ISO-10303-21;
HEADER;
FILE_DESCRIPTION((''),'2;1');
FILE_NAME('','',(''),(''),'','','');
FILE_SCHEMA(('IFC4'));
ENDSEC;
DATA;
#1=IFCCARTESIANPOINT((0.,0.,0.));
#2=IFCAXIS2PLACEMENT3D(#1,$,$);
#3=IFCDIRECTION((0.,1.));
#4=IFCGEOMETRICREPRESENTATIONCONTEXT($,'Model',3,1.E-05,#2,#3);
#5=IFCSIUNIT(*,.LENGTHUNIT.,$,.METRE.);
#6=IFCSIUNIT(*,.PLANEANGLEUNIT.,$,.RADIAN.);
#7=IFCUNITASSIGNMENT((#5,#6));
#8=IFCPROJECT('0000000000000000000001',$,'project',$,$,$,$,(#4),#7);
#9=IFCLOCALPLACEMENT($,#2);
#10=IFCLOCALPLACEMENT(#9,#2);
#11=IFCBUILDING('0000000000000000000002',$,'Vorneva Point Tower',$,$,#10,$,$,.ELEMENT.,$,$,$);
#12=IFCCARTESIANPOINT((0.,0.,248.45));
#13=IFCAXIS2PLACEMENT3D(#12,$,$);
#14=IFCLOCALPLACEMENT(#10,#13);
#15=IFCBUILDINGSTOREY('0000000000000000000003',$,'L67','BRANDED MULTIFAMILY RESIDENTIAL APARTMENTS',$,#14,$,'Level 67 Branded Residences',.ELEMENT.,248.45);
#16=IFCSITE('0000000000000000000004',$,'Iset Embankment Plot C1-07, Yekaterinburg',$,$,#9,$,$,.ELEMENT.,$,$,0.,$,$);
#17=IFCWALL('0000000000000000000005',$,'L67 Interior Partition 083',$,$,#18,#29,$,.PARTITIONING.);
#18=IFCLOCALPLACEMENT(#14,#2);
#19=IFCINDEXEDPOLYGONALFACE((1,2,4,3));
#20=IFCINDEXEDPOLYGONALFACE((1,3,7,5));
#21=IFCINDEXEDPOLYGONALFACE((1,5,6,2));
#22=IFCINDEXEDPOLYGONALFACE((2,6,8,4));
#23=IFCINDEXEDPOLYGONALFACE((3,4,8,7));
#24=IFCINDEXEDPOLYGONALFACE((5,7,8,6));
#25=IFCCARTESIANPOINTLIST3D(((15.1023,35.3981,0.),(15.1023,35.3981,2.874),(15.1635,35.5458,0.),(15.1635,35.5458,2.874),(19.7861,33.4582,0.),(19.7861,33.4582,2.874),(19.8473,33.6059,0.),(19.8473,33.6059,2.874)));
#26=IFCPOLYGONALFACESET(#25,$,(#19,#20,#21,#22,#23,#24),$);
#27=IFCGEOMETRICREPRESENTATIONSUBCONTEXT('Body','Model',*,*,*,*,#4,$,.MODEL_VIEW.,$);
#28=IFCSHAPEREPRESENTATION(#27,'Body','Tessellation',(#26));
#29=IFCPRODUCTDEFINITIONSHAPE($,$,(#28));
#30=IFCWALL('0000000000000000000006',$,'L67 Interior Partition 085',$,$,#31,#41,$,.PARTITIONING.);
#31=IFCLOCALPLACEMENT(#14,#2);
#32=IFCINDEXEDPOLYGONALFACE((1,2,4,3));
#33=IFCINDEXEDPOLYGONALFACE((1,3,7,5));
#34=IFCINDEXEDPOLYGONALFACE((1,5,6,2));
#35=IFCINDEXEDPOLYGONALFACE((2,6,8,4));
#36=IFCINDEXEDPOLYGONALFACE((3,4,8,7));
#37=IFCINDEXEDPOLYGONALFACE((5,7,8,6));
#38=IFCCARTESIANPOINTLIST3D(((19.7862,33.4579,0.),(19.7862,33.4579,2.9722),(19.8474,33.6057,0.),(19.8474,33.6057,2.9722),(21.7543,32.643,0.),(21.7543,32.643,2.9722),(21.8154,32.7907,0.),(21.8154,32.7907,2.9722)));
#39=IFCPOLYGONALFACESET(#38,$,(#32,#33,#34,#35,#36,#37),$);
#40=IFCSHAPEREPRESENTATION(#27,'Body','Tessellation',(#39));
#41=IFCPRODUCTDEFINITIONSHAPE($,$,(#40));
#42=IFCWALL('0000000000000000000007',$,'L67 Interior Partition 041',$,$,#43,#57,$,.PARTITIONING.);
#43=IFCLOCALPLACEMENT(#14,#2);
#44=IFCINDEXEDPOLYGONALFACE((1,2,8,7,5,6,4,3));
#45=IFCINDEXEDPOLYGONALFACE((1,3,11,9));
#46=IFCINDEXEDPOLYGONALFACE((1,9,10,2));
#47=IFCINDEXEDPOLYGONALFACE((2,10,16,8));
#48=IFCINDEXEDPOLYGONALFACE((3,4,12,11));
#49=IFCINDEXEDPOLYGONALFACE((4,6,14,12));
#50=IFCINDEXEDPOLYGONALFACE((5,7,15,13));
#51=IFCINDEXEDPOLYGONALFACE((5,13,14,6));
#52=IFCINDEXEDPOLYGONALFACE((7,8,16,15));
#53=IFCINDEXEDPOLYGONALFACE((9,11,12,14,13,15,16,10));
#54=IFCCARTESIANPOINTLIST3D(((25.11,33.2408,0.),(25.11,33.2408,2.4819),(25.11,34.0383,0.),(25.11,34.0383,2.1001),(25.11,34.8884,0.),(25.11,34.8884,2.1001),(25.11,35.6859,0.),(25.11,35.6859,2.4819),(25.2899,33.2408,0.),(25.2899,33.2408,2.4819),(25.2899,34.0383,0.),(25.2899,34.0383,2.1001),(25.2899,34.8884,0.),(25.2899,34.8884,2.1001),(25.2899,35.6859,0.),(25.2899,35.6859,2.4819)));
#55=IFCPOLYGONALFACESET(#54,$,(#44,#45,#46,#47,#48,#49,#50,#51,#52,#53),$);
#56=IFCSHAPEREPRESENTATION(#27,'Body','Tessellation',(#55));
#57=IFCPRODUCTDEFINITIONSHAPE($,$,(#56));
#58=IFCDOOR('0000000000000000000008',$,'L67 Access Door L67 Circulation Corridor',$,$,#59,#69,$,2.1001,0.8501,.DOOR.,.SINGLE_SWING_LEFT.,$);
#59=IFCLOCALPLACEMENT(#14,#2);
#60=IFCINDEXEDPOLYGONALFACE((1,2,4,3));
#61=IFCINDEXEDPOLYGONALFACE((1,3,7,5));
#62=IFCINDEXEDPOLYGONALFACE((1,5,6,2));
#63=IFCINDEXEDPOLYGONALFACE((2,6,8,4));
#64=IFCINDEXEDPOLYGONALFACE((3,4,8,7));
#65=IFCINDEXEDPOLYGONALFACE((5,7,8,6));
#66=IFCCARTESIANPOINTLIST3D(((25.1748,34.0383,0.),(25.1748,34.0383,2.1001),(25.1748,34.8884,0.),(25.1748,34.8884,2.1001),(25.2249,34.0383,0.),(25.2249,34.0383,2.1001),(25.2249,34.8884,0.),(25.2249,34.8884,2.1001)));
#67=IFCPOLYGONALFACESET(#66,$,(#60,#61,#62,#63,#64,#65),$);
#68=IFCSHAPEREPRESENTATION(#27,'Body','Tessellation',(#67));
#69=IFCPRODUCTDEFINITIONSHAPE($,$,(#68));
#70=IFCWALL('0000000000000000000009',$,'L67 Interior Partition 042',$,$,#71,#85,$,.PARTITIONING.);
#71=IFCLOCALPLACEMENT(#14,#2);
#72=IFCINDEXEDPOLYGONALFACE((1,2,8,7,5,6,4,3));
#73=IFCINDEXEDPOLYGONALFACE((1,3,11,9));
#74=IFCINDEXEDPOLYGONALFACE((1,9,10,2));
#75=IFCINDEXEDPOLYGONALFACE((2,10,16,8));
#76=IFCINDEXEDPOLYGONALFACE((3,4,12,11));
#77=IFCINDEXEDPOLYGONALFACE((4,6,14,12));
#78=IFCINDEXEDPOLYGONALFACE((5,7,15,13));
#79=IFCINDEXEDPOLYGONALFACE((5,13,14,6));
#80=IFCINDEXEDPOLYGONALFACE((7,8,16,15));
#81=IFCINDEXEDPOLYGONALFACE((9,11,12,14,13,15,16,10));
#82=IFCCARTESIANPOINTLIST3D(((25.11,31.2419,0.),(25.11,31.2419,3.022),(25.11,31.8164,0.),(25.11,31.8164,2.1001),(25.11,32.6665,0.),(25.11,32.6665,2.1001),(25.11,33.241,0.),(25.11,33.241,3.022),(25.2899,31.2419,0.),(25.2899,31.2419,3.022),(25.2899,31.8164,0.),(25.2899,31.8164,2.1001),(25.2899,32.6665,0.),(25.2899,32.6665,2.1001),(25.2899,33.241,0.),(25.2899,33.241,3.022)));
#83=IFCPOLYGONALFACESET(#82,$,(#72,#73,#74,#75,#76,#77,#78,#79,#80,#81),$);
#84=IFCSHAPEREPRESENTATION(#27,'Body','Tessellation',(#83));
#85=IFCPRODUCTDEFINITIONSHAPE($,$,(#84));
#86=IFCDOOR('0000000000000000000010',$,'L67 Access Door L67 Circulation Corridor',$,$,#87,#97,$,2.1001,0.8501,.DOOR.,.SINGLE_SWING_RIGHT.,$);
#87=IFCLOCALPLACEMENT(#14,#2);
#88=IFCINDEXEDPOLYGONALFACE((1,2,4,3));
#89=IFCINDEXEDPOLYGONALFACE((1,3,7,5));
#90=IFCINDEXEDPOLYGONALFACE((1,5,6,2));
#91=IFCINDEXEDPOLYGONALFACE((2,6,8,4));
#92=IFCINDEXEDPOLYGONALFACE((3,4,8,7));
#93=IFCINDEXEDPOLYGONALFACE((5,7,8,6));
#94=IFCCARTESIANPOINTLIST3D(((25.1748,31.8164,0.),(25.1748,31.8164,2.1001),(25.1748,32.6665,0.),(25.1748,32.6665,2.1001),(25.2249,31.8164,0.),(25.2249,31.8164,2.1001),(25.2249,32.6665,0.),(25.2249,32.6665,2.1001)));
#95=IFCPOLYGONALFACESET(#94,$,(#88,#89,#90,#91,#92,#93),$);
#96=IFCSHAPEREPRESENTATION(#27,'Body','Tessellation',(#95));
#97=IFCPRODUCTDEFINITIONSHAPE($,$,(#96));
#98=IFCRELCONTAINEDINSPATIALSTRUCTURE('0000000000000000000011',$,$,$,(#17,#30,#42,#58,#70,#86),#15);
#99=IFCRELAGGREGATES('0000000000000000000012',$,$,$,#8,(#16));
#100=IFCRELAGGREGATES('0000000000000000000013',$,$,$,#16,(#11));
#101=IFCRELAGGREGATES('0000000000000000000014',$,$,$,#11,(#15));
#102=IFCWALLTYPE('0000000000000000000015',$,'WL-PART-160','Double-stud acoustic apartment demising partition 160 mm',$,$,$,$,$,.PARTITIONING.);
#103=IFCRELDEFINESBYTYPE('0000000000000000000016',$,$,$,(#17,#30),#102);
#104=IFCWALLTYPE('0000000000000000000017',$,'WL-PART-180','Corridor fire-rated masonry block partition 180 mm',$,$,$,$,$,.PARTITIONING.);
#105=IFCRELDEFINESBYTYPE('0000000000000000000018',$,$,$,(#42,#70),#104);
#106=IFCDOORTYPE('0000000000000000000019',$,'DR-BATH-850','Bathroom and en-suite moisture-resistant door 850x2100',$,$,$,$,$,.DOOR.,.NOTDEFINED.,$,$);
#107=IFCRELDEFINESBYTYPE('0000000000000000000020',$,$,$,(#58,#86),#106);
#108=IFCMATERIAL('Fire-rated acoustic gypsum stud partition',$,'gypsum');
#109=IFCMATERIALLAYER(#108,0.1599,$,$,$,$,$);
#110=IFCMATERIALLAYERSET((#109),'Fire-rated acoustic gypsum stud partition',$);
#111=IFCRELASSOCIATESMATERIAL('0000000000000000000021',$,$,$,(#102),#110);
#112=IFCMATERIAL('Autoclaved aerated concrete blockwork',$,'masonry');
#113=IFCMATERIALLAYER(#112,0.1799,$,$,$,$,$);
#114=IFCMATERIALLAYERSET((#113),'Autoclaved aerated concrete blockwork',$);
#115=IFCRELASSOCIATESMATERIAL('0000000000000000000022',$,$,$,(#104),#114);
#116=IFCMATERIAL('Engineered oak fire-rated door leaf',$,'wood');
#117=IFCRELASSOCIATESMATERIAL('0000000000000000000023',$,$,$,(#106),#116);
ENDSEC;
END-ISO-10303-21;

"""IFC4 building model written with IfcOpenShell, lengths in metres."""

from ifc_helpers import new_model, si_unit, direction, frame, frame_2d, origin, place, context, subcontext, project, spatial, rectangle, extrude, material, layer, layer_set, type_object, element, fill, save


model = new_model("IFC4")

# Units and contexts
model_context = context("Model", 3, precision=1e-05, world=origin(), true_north=direction((0.0, 1.0)))
body_context = subcontext(model_context, "Body", "Model", "MODEL_VIEW")
ifc_project = project(units=[si_unit("LENGTHUNIT", "METRE"), si_unit("PLANEANGLEUNIT", "RADIAN")], contexts=[model_context])

# Site, building, storey
site_placement = place(None, origin())
site = spatial("IfcSite", under=ifc_project, at=site_placement, Name="Iset Embankment Plot C1-07, Yekaterinburg", CompositionType="ELEMENT", RefElevation=0.0)
building_placement = place(site_placement, origin())
building = spatial("IfcBuilding", under=site, at=building_placement, Name="Vorneva Point Tower", CompositionType="ELEMENT")
storey_placement = place(building_placement, frame((0.0, 0.0, 248.45)))
storey = spatial("IfcBuildingStorey", under=building, at=storey_placement, Name="L67", Description="BRANDED MULTIFAMILY RESIDENTIAL APARTMENTS", LongName="Level 67 Branded Residences", CompositionType="ELEMENT", Elevation=248.45)

# Shared definitions
ifc_material_1 = material(Name="Fire-rated acoustic gypsum stud partition", Category="gypsum")

# Shared definitions
ifc_material_2 = material(Name="Engineered oak fire-rated door leaf", Category="wood")

# Walls
ifc_layer_1 = layer(ifc_material_1, 0.1599)
ifc_layer_set_1 = layer_set([ifc_layer_1], Name="Fire-rated acoustic gypsum stud partition")
wall_type_1 = type_object("IfcWallType", Name="WL-PART-160", Description="Double-stud acoustic apartment demising partition 160 mm", PredefinedType="PARTITIONING", material=ifc_layer_set_1)
wall_1_placement = place(storey_placement, frame((15.1331, 35.4719, 0.0), z_axis=(0.0, 0.0, 1.0), x_axis=(0.923891, -0.382655, 0.0)))
element("IfcWall", 1, at=wall_1_placement, inside=storey, type_object=wall_type_1, Name="L67 Interior Partition 083", PredefinedType="PARTITIONING", context=body_context, shape_type="SweptSolid", body=[
    extrude(rectangle(XDim=5.0696, YDim=0.1599, at=frame_2d((2.5347, 0.0))), origin(), (0.0, 0.0, 1.0), 2.874),
])
wall_2_placement = place(storey_placement, frame((19.8169, 33.5317, 0.0), z_axis=(0.0, 0.0, 1.0), x_axis=(0.923919, -0.382588, 0.0)))
element("IfcWall", 2, at=wall_2_placement, inside=storey, type_object=wall_type_1, Name="L67 Interior Partition 085", PredefinedType="PARTITIONING", context=body_context, shape_type="SweptSolid", body=[
    extrude(rectangle(XDim=2.1301, YDim=0.1599, at=frame_2d((1.0649, 0.0))), origin(), (0.0, 0.0, 1.0), 2.9722),
])

# Walls, openings, doors
ifc_material_3 = material(Name="Autoclaved aerated concrete blockwork", Category="masonry")
ifc_layer_2 = layer(ifc_material_3, 0.1799)
ifc_layer_set_2 = layer_set([ifc_layer_2], Name="Autoclaved aerated concrete blockwork")
wall_type_2 = type_object("IfcWallType", Name="WL-PART-180", Description="Corridor fire-rated masonry block partition 180 mm", PredefinedType="PARTITIONING", material=ifc_layer_set_2)
wall_3_placement = place(storey_placement, frame((25.2, 35.686, 0.0), z_axis=(0.0, 0.0, 1.0), x_axis=(0.0, -1.0, 0.0)))
wall_3 = element("IfcWall", 3, at=wall_3_placement, inside=storey, type_object=wall_type_2, Name="L67 Interior Partition 041", PredefinedType="PARTITIONING", context=body_context, shape_type="SweptSolid", body=[
    extrude(rectangle(XDim=2.4451, YDim=0.1799, at=frame_2d((1.2227, 0.0))), origin(), (0.0, 0.0, 1.0), 2.4819),
])
opening_1_placement = place(wall_3_placement, frame((0.7976, 0.0, 0.0)))
opening_1 = element("IfcOpeningElement", 4, at=opening_1_placement, cuts=wall_3, PredefinedType="OPENING", context=body_context, shape_type="SweptSolid", body=[
    extrude(rectangle(XDim=0.8501, YDim=2.1001, at=frame_2d((0.425, 1.05))), frame((0.0, 0.105, 0.0), z_axis=(0.0, -1.0, 0.0), x_axis=(1.0, 0.0, 0.0)), (0.0, 0.0, 1.0), 0.2097),
])
door_type_1 = type_object("IfcDoorType", Name="DR-BATH-850", Description="Bathroom and en-suite moisture-resistant door 850x2100", OperationType="NOTDEFINED", PredefinedType="DOOR", material=ifc_material_2)
door_1_placement = place(opening_1_placement, origin())
door_1 = element("IfcDoor", 5, at=door_1_placement, inside=storey, type_object=door_type_1, Name="L67 Access Door L67 Circulation Corridor", OperationType="SINGLE_SWING_LEFT", OverallHeight=2.1001, OverallWidth=0.8501, PredefinedType="DOOR", context=body_context, shape_type="SweptSolid", body=[
    extrude(rectangle(XDim=0.8501, YDim=2.1001, at=frame_2d((0.425, 1.05))), frame((0.0, 0.0249, 0.0), z_axis=(0.0, -1.0, 0.0), x_axis=(1.0, 0.0, 0.0)), (0.0, 0.0, 1.0), 0.05),
])
fill(opening_1, door_1)
wall_4_placement = place(storey_placement, frame((25.2, 33.241, 0.0), z_axis=(0.0, 0.0, 1.0), x_axis=(0.0, -1.0, 0.0)))
wall_4 = element("IfcWall", 6, at=wall_4_placement, inside=storey, type_object=wall_type_2, Name="L67 Interior Partition 042", PredefinedType="PARTITIONING", context=body_context, shape_type="SweptSolid", body=[
    extrude(rectangle(XDim=1.999, YDim=0.1799, at=frame_2d((0.9995, 0.0))), origin(), (0.0, 0.0, 1.0), 3.022),
])
opening_2_placement = place(wall_4_placement, frame((0.5745, 0.0, 0.0)))
opening_2 = element("IfcOpeningElement", 7, at=opening_2_placement, cuts=wall_4, PredefinedType="OPENING", context=body_context, shape_type="SweptSolid", body=[
    extrude(rectangle(XDim=0.8501, YDim=2.1001, at=frame_2d((0.425, 1.05))), frame((0.0, 0.105, 0.0), z_axis=(0.0, -1.0, 0.0), x_axis=(1.0, 0.0, 0.0)), (0.0, 0.0, 1.0), 0.2097),
])
door_2_placement = place(opening_2_placement, origin())
door_2 = element("IfcDoor", 8, at=door_2_placement, inside=storey, type_object=door_type_1, Name="L67 Access Door L67 Circulation Corridor", OperationType="SINGLE_SWING_RIGHT", OverallHeight=2.1001, OverallWidth=0.8501, PredefinedType="DOOR", context=body_context, shape_type="SweptSolid", body=[
    extrude(rectangle(XDim=0.8501, YDim=2.1001, at=frame_2d((0.425, 1.05))), frame((0.0, 0.0249, 0.0), z_axis=(0.0, -1.0, 0.0), x_axis=(1.0, 0.0, 0.0)), (0.0, 0.0, 1.0), 0.05),
])
fill(opening_2, door_2)

save(model, "model.ifc")
